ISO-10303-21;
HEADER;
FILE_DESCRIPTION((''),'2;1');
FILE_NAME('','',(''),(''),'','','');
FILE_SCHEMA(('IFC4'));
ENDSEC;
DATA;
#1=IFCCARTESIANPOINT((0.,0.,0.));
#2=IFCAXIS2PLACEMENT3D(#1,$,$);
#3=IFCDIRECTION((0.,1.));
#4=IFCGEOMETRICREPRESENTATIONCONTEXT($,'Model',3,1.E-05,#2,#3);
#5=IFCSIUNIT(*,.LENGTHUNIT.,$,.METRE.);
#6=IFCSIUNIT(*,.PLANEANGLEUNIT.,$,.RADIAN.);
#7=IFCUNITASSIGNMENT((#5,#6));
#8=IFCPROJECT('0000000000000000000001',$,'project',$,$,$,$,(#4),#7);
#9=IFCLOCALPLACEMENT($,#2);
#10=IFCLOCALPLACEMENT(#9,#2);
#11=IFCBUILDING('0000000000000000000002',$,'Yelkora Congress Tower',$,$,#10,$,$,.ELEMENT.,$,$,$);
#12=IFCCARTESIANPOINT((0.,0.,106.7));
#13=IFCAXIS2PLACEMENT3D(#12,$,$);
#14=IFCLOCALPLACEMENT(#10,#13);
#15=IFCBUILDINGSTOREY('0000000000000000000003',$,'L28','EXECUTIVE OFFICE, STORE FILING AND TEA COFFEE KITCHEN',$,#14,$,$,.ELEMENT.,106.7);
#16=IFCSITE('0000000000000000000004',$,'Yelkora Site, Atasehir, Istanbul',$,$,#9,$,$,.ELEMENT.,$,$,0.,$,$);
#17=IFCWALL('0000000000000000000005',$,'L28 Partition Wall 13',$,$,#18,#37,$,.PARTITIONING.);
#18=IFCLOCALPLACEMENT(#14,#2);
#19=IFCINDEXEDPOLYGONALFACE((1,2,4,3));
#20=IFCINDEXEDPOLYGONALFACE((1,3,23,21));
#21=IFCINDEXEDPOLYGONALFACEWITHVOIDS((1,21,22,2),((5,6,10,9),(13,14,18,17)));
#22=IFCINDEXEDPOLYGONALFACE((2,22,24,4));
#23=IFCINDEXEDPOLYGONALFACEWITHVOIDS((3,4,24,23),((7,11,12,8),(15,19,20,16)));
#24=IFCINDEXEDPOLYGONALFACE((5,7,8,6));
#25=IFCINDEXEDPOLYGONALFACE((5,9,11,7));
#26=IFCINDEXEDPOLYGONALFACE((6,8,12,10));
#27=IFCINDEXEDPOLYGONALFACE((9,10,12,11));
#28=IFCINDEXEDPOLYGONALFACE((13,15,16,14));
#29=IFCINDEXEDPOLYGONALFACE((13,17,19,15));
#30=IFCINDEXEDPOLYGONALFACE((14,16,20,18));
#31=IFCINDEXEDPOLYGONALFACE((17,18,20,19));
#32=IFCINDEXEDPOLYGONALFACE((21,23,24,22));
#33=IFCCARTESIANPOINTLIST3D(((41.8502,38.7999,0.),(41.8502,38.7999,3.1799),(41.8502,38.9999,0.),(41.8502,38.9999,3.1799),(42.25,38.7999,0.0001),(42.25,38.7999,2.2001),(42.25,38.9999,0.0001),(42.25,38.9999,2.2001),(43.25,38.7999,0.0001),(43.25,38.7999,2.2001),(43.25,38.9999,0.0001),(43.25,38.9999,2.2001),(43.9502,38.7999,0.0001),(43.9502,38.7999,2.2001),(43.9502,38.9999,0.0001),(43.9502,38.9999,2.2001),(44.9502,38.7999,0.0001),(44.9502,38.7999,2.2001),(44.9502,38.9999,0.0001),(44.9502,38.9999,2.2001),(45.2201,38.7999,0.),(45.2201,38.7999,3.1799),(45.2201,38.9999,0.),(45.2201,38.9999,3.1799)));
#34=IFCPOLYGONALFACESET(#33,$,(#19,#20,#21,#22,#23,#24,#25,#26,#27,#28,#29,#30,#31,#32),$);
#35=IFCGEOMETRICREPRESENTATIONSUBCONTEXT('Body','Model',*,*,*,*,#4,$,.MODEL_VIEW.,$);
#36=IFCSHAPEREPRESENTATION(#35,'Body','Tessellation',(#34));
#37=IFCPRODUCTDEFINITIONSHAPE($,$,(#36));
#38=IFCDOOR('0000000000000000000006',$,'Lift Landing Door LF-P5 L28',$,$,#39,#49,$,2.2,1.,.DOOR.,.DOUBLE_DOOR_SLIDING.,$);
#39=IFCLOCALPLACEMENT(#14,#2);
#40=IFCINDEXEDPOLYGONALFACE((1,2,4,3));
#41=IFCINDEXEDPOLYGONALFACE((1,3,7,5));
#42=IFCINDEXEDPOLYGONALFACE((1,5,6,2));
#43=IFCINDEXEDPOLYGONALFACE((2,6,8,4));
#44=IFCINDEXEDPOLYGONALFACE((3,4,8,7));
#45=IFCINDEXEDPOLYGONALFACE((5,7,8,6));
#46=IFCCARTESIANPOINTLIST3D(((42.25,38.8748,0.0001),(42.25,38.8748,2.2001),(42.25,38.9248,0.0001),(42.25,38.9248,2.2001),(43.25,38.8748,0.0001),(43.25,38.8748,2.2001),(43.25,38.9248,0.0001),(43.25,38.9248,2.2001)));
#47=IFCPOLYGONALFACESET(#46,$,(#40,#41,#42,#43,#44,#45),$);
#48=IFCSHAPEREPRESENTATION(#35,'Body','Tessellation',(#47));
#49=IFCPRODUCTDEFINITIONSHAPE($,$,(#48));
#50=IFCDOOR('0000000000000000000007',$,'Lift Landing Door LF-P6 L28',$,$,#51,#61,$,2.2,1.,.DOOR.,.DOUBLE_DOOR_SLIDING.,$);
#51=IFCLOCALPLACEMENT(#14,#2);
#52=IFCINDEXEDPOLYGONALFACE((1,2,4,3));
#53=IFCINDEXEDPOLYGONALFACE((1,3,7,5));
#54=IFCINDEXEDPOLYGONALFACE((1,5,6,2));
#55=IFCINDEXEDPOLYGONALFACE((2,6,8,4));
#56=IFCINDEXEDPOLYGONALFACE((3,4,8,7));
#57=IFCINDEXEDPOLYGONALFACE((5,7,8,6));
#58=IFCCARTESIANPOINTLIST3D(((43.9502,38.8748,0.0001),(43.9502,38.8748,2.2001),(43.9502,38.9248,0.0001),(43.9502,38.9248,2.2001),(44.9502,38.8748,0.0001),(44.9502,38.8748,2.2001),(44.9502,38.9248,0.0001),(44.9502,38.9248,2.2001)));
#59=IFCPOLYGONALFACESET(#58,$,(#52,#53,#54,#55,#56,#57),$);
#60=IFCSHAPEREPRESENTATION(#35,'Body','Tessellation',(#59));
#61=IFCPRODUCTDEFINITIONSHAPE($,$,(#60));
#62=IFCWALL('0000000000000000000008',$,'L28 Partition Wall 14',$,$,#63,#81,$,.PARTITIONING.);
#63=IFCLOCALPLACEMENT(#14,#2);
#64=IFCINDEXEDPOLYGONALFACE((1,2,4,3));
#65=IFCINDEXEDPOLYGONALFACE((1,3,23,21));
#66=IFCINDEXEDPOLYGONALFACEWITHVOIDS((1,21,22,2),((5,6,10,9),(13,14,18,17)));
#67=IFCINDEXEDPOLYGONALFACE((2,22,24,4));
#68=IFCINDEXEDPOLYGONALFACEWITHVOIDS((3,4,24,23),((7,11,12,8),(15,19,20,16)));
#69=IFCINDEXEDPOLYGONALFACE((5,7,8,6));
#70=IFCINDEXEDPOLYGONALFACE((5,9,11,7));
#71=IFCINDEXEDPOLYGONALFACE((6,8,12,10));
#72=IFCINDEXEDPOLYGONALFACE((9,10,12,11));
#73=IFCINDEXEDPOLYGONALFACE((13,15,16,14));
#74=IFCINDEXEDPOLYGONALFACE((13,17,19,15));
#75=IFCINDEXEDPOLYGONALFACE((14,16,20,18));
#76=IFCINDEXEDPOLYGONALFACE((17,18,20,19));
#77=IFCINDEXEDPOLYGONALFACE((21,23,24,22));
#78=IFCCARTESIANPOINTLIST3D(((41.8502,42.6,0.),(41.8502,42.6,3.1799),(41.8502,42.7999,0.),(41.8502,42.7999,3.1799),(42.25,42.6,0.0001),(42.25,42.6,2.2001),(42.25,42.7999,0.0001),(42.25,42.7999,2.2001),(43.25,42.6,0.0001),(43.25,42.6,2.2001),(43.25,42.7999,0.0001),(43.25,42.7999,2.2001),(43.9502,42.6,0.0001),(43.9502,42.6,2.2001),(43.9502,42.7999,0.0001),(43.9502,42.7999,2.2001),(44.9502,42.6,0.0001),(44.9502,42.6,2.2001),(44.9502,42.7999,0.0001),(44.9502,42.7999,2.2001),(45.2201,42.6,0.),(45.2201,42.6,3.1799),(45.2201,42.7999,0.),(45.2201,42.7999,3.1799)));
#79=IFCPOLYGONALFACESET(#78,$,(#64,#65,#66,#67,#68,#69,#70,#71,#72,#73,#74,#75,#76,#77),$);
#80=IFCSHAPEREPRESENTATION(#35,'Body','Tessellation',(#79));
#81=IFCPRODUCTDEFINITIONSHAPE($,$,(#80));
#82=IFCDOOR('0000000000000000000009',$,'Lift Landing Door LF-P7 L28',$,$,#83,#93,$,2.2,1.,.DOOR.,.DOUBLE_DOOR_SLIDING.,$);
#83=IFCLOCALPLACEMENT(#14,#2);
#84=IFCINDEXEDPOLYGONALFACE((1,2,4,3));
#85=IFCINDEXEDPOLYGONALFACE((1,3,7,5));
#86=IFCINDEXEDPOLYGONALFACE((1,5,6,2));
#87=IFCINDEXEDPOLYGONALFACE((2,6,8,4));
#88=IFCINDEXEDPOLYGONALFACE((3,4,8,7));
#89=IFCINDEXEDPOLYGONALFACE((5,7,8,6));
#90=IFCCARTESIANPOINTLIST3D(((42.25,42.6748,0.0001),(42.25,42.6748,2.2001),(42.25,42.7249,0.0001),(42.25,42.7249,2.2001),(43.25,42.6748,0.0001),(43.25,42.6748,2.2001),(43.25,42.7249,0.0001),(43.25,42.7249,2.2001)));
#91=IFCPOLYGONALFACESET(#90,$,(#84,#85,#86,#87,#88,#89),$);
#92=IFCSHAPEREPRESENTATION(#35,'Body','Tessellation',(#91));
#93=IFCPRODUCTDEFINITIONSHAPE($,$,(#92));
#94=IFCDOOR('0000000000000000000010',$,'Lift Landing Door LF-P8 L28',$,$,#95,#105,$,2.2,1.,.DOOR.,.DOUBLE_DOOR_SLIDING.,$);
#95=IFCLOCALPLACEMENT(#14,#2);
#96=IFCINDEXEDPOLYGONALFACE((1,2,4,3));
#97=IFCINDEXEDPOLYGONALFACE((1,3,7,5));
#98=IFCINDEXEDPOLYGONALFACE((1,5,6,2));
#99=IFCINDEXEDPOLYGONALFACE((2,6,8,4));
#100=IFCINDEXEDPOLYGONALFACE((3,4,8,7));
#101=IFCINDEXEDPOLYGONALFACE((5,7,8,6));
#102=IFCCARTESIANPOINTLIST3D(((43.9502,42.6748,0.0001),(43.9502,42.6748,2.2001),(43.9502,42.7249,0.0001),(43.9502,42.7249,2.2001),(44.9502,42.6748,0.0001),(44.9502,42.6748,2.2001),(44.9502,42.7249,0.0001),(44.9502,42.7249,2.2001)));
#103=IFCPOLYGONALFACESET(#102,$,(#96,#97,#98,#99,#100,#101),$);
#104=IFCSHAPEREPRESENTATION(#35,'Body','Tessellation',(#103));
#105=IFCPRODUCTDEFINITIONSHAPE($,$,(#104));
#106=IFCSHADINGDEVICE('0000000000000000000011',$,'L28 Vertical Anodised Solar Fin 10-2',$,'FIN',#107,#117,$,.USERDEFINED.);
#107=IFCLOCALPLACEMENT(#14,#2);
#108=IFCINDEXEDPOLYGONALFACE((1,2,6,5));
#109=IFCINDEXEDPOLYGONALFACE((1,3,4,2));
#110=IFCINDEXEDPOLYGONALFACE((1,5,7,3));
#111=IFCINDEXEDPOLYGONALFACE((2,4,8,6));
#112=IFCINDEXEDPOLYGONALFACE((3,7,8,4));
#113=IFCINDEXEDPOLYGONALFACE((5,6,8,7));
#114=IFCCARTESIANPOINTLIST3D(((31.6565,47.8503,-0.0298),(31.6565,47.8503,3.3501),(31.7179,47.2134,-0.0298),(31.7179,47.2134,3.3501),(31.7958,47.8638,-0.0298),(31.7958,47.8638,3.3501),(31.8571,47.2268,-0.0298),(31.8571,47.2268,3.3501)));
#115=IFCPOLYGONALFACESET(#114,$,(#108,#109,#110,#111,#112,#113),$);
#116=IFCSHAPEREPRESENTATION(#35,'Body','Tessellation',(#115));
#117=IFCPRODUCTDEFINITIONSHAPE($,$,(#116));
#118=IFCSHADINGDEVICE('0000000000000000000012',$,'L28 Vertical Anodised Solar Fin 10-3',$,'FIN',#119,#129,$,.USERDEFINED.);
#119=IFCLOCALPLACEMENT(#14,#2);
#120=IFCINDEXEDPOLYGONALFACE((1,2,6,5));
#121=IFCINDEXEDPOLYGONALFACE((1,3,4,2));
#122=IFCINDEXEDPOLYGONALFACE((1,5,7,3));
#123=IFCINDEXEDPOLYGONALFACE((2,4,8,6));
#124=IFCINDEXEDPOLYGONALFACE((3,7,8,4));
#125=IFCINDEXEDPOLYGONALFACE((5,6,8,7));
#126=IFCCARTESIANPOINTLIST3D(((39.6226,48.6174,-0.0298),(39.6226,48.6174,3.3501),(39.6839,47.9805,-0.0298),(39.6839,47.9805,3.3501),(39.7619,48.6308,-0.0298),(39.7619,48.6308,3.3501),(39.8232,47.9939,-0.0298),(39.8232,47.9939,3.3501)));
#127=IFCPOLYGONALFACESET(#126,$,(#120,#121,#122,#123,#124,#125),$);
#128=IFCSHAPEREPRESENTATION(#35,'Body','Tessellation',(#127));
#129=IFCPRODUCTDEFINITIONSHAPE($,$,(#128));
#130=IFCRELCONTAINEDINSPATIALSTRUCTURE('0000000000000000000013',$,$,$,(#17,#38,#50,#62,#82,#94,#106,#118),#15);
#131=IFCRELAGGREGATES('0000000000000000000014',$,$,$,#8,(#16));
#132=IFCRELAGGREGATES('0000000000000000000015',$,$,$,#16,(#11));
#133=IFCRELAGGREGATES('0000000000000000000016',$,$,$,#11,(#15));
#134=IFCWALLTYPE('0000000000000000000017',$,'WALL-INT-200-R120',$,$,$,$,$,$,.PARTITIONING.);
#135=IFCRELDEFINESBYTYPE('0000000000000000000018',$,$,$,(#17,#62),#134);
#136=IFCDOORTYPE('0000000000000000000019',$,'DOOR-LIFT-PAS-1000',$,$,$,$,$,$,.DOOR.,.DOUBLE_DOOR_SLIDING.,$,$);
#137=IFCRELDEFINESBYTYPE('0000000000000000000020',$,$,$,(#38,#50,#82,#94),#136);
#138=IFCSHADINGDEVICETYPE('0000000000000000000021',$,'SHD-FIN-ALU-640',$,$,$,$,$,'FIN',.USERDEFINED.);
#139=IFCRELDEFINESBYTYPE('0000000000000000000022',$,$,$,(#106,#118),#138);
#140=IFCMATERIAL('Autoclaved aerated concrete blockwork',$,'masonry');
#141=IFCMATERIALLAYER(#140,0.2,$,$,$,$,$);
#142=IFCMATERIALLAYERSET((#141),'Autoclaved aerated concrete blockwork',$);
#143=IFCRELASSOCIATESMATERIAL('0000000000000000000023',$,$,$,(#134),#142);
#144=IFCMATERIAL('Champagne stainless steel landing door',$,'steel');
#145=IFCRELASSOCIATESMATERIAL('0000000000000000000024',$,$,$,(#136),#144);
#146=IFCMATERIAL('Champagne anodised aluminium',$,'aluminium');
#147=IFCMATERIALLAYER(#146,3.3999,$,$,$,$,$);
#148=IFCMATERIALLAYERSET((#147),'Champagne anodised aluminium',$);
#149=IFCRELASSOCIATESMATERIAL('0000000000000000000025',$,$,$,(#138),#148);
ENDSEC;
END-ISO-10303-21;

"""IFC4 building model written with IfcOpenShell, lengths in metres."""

from ifc_helpers import new_model, si_unit, direction, frame, frame_2d, origin, origin_2d, place, context, subcontext, project, spatial, rectangle, extrude, material, layer, layer_set, type_object, element, fill, save


model = new_model("IFC4")

# Units and contexts
model_context = context("Model", 3, precision=1e-05, world=origin(), true_north=direction((0.0, 1.0)))
body_context = subcontext(model_context, "Body", "Model", "MODEL_VIEW")
ifc_project = project(units=[si_unit("LENGTHUNIT", "METRE"), si_unit("PLANEANGLEUNIT", "RADIAN")], contexts=[model_context])

# Site, building, storey
site_placement = place(None, origin())
site = spatial("IfcSite", under=ifc_project, at=site_placement, Name="Yelkora Site, Atasehir, Istanbul", CompositionType="ELEMENT", RefElevation=0.0)
building_placement = place(site_placement, origin())
building = spatial("IfcBuilding", under=site, at=building_placement, Name="Yelkora Congress Tower", CompositionType="ELEMENT")
storey_placement = place(building_placement, frame((0.0, 0.0, 106.7)))
storey = spatial("IfcBuildingStorey", under=building, at=storey_placement, Name="L28", Description="EXECUTIVE OFFICE, STORE FILING AND TEA COFFEE KITCHEN", CompositionType="ELEMENT", Elevation=106.7)

# Shared definitions
ifc_material_1 = material(Name="Autoclaved aerated concrete blockwork", Category="masonry")
ifc_layer_1 = layer(ifc_material_1, 0.2)
ifc_layer_set_1 = layer_set([ifc_layer_1], Name="Autoclaved aerated concrete blockwork")
wall_type_1 = type_object("IfcWallType", Name="WALL-INT-200-R120", PredefinedType="PARTITIONING", material=ifc_layer_set_1)

# Walls, openings, doors
wall_1_placement = place(storey_placement, frame((41.8501, 38.8999, 0.0), z_axis=(0.0, 0.0, 1.0), x_axis=(1.0, 0.0, 0.0)))
wall_1 = element("IfcWall", 1, at=wall_1_placement, inside=storey, type_object=wall_type_1, Name="L28 Partition Wall 13", PredefinedType="PARTITIONING", context=body_context, shape_type="SweptSolid", body=[
    extrude(rectangle(XDim=3.3699, YDim=0.2, at=frame_2d((1.6851, 0.0))), origin(), (0.0, 0.0, 1.0), 3.1799),
])
opening_1_placement = place(wall_1_placement, frame((0.3999, 0.0, 0.0)))
opening_1 = element("IfcOpeningElement", 2, at=opening_1_placement, cuts=wall_1, PredefinedType="OPENING", context=body_context, shape_type="SweptSolid", body=[
    extrude(rectangle(XDim=1.0, YDim=2.2, at=frame_2d((0.5, 1.1001))), frame((0.0, 0.1099, 0.0), z_axis=(0.0, -1.0, 0.0), x_axis=(1.0, 0.0, 0.0)), (0.0, 0.0, 1.0), 0.22),
])
opening_2_placement = place(wall_1_placement, frame((2.1001, 0.0, 0.0)))
opening_2 = element("IfcOpeningElement", 3, at=opening_2_placement, cuts=wall_1, PredefinedType="OPENING", context=body_context, shape_type="SweptSolid", body=[
    extrude(rectangle(XDim=1.0, YDim=2.2, at=frame_2d((0.5, 1.1001))), frame((0.0, 0.1099, 0.0), z_axis=(0.0, -1.0, 0.0), x_axis=(1.0, 0.0, 0.0)), (0.0, 0.0, 1.0), 0.22),
])
ifc_material_2 = material(Name="Champagne stainless steel landing door", Category="steel")
door_type_1 = type_object("IfcDoorType", Name="DOOR-LIFT-PAS-1000", OperationType="DOUBLE_DOOR_SLIDING", PredefinedType="DOOR", material=ifc_material_2)
door_1_placement = place(opening_1_placement, origin())
door_1 = element("IfcDoor", 4, at=door_1_placement, inside=storey, type_object=door_type_1, Name="Lift Landing Door LF-P5 L28", OperationType="DOUBLE_DOOR_SLIDING", OverallHeight=2.2, OverallWidth=1.0, PredefinedType="DOOR", context=body_context, shape_type="SweptSolid", body=[
    extrude(rectangle(XDim=1.0, YDim=2.2, at=frame_2d((0.5, 1.1001))), frame((0.0, 0.0249, 0.0), z_axis=(0.0, -1.0, 0.0), x_axis=(1.0, 0.0, 0.0)), (0.0, 0.0, 1.0), 0.05),
])
fill(opening_1, door_1)
door_2_placement = place(opening_2_placement, origin())
door_2 = element("IfcDoor", 5, at=door_2_placement, inside=storey, type_object=door_type_1, Name="Lift Landing Door LF-P6 L28", OperationType="DOUBLE_DOOR_SLIDING", OverallHeight=2.2, OverallWidth=1.0, PredefinedType="DOOR", context=body_context, shape_type="SweptSolid", body=[
    extrude(rectangle(XDim=1.0, YDim=2.2, at=frame_2d((0.5, 1.1001))), frame((0.0, 0.0249, 0.0), z_axis=(0.0, -1.0, 0.0), x_axis=(1.0, 0.0, 0.0)), (0.0, 0.0, 1.0), 0.05),
])
fill(opening_2, door_2)
wall_2_placement = place(storey_placement, frame((41.8501, 42.7, 0.0), z_axis=(0.0, 0.0, 1.0), x_axis=(1.0, 0.0, 0.0)))
wall_2 = element("IfcWall", 6, at=wall_2_placement, inside=storey, type_object=wall_type_1, Name="L28 Partition Wall 14", PredefinedType="PARTITIONING", context=body_context, shape_type="SweptSolid", body=[
    extrude(rectangle(XDim=3.3699, YDim=0.2, at=frame_2d((1.6851, 0.0))), origin(), (0.0, 0.0, 1.0), 3.1799),
])
opening_3_placement = place(wall_2_placement, frame((0.3999, 0.0, 0.0)))
opening_3 = element("IfcOpeningElement", 7, at=opening_3_placement, cuts=wall_2, PredefinedType="OPENING", context=body_context, shape_type="SweptSolid", body=[
    extrude(rectangle(XDim=1.0, YDim=2.2, at=frame_2d((0.5, 1.1001))), frame((0.0, 0.1099, 0.0), z_axis=(0.0, -1.0, 0.0), x_axis=(1.0, 0.0, 0.0)), (0.0, 0.0, 1.0), 0.22),
])
opening_4_placement = place(wall_2_placement, frame((2.1001, 0.0, 0.0)))
opening_4 = element("IfcOpeningElement", 8, at=opening_4_placement, cuts=wall_2, PredefinedType="OPENING", context=body_context, shape_type="SweptSolid", body=[
    extrude(rectangle(XDim=1.0, YDim=2.2, at=frame_2d((0.5, 1.1001))), frame((0.0, 0.1099, 0.0), z_axis=(0.0, -1.0, 0.0), x_axis=(1.0, 0.0, 0.0)), (0.0, 0.0, 1.0), 0.22),
])
door_3_placement = place(opening_3_placement, origin())
door_3 = element("IfcDoor", 9, at=door_3_placement, inside=storey, type_object=door_type_1, Name="Lift Landing Door LF-P7 L28", OperationType="DOUBLE_DOOR_SLIDING", OverallHeight=2.2, OverallWidth=1.0, PredefinedType="DOOR", context=body_context, shape_type="SweptSolid", body=[
    extrude(rectangle(XDim=1.0, YDim=2.2, at=frame_2d((0.5, 1.1001))), frame((0.0, 0.0249, 0.0), z_axis=(0.0, -1.0, 0.0), x_axis=(1.0, 0.0, 0.0)), (0.0, 0.0, 1.0), 0.05),
])
fill(opening_3, door_3)
door_4_placement = place(opening_4_placement, origin())
door_4 = element("IfcDoor", 10, at=door_4_placement, inside=storey, type_object=door_type_1, Name="Lift Landing Door LF-P8 L28", OperationType="DOUBLE_DOOR_SLIDING", OverallHeight=2.2, OverallWidth=1.0, PredefinedType="DOOR", context=body_context, shape_type="SweptSolid", body=[
    extrude(rectangle(XDim=1.0, YDim=2.2, at=frame_2d((0.5, 1.1001))), frame((0.0, 0.0249, 0.0), z_axis=(0.0, -1.0, 0.0), x_axis=(1.0, 0.0, 0.0)), (0.0, 0.0, 1.0), 0.05),
])
fill(opening_4, door_4)

# Shading devices
ifc_material_3 = material(Name="Champagne anodised aluminium", Category="aluminium")
ifc_layer_2 = layer(ifc_material_3, 3.3999)
ifc_layer_set_2 = layer_set([ifc_layer_2], Name="Champagne anodised aluminium")
shading_device_type = type_object("IfcShadingDeviceType", Name="SHD-FIN-ALU-640", ElementType="FIN", PredefinedType="USERDEFINED", material=ifc_layer_set_2)
for number, where, z_axis, x_axis, name in (
    (11, (31.7568, 47.5386, -0.0298), (0.0, 0.0, 1.0), (0.995396, 0.095846, 0.0), "L28 Vertical Anodised Solar Fin 10-2"),
    (12, (39.7229, 48.3057, -0.0298), (0.0, 0.0, 1.0), (0.995396, 0.095846, 0.0), "L28 Vertical Anodised Solar Fin 10-3"),
):
    element("IfcShadingDevice", number, at=place(storey_placement, frame(where, z_axis=z_axis, x_axis=x_axis)), inside=storey, type_object=shading_device_type, Name=name, ObjectType="FIN", PredefinedType="USERDEFINED", context=body_context, shape_type="SweptSolid", body=[
        extrude(rectangle(XDim=0.1399, YDim=0.6399, at=origin_2d()), origin(), (0.0, 0.0, 1.0), 3.3799),
    ])

save(model, "model.ifc")
